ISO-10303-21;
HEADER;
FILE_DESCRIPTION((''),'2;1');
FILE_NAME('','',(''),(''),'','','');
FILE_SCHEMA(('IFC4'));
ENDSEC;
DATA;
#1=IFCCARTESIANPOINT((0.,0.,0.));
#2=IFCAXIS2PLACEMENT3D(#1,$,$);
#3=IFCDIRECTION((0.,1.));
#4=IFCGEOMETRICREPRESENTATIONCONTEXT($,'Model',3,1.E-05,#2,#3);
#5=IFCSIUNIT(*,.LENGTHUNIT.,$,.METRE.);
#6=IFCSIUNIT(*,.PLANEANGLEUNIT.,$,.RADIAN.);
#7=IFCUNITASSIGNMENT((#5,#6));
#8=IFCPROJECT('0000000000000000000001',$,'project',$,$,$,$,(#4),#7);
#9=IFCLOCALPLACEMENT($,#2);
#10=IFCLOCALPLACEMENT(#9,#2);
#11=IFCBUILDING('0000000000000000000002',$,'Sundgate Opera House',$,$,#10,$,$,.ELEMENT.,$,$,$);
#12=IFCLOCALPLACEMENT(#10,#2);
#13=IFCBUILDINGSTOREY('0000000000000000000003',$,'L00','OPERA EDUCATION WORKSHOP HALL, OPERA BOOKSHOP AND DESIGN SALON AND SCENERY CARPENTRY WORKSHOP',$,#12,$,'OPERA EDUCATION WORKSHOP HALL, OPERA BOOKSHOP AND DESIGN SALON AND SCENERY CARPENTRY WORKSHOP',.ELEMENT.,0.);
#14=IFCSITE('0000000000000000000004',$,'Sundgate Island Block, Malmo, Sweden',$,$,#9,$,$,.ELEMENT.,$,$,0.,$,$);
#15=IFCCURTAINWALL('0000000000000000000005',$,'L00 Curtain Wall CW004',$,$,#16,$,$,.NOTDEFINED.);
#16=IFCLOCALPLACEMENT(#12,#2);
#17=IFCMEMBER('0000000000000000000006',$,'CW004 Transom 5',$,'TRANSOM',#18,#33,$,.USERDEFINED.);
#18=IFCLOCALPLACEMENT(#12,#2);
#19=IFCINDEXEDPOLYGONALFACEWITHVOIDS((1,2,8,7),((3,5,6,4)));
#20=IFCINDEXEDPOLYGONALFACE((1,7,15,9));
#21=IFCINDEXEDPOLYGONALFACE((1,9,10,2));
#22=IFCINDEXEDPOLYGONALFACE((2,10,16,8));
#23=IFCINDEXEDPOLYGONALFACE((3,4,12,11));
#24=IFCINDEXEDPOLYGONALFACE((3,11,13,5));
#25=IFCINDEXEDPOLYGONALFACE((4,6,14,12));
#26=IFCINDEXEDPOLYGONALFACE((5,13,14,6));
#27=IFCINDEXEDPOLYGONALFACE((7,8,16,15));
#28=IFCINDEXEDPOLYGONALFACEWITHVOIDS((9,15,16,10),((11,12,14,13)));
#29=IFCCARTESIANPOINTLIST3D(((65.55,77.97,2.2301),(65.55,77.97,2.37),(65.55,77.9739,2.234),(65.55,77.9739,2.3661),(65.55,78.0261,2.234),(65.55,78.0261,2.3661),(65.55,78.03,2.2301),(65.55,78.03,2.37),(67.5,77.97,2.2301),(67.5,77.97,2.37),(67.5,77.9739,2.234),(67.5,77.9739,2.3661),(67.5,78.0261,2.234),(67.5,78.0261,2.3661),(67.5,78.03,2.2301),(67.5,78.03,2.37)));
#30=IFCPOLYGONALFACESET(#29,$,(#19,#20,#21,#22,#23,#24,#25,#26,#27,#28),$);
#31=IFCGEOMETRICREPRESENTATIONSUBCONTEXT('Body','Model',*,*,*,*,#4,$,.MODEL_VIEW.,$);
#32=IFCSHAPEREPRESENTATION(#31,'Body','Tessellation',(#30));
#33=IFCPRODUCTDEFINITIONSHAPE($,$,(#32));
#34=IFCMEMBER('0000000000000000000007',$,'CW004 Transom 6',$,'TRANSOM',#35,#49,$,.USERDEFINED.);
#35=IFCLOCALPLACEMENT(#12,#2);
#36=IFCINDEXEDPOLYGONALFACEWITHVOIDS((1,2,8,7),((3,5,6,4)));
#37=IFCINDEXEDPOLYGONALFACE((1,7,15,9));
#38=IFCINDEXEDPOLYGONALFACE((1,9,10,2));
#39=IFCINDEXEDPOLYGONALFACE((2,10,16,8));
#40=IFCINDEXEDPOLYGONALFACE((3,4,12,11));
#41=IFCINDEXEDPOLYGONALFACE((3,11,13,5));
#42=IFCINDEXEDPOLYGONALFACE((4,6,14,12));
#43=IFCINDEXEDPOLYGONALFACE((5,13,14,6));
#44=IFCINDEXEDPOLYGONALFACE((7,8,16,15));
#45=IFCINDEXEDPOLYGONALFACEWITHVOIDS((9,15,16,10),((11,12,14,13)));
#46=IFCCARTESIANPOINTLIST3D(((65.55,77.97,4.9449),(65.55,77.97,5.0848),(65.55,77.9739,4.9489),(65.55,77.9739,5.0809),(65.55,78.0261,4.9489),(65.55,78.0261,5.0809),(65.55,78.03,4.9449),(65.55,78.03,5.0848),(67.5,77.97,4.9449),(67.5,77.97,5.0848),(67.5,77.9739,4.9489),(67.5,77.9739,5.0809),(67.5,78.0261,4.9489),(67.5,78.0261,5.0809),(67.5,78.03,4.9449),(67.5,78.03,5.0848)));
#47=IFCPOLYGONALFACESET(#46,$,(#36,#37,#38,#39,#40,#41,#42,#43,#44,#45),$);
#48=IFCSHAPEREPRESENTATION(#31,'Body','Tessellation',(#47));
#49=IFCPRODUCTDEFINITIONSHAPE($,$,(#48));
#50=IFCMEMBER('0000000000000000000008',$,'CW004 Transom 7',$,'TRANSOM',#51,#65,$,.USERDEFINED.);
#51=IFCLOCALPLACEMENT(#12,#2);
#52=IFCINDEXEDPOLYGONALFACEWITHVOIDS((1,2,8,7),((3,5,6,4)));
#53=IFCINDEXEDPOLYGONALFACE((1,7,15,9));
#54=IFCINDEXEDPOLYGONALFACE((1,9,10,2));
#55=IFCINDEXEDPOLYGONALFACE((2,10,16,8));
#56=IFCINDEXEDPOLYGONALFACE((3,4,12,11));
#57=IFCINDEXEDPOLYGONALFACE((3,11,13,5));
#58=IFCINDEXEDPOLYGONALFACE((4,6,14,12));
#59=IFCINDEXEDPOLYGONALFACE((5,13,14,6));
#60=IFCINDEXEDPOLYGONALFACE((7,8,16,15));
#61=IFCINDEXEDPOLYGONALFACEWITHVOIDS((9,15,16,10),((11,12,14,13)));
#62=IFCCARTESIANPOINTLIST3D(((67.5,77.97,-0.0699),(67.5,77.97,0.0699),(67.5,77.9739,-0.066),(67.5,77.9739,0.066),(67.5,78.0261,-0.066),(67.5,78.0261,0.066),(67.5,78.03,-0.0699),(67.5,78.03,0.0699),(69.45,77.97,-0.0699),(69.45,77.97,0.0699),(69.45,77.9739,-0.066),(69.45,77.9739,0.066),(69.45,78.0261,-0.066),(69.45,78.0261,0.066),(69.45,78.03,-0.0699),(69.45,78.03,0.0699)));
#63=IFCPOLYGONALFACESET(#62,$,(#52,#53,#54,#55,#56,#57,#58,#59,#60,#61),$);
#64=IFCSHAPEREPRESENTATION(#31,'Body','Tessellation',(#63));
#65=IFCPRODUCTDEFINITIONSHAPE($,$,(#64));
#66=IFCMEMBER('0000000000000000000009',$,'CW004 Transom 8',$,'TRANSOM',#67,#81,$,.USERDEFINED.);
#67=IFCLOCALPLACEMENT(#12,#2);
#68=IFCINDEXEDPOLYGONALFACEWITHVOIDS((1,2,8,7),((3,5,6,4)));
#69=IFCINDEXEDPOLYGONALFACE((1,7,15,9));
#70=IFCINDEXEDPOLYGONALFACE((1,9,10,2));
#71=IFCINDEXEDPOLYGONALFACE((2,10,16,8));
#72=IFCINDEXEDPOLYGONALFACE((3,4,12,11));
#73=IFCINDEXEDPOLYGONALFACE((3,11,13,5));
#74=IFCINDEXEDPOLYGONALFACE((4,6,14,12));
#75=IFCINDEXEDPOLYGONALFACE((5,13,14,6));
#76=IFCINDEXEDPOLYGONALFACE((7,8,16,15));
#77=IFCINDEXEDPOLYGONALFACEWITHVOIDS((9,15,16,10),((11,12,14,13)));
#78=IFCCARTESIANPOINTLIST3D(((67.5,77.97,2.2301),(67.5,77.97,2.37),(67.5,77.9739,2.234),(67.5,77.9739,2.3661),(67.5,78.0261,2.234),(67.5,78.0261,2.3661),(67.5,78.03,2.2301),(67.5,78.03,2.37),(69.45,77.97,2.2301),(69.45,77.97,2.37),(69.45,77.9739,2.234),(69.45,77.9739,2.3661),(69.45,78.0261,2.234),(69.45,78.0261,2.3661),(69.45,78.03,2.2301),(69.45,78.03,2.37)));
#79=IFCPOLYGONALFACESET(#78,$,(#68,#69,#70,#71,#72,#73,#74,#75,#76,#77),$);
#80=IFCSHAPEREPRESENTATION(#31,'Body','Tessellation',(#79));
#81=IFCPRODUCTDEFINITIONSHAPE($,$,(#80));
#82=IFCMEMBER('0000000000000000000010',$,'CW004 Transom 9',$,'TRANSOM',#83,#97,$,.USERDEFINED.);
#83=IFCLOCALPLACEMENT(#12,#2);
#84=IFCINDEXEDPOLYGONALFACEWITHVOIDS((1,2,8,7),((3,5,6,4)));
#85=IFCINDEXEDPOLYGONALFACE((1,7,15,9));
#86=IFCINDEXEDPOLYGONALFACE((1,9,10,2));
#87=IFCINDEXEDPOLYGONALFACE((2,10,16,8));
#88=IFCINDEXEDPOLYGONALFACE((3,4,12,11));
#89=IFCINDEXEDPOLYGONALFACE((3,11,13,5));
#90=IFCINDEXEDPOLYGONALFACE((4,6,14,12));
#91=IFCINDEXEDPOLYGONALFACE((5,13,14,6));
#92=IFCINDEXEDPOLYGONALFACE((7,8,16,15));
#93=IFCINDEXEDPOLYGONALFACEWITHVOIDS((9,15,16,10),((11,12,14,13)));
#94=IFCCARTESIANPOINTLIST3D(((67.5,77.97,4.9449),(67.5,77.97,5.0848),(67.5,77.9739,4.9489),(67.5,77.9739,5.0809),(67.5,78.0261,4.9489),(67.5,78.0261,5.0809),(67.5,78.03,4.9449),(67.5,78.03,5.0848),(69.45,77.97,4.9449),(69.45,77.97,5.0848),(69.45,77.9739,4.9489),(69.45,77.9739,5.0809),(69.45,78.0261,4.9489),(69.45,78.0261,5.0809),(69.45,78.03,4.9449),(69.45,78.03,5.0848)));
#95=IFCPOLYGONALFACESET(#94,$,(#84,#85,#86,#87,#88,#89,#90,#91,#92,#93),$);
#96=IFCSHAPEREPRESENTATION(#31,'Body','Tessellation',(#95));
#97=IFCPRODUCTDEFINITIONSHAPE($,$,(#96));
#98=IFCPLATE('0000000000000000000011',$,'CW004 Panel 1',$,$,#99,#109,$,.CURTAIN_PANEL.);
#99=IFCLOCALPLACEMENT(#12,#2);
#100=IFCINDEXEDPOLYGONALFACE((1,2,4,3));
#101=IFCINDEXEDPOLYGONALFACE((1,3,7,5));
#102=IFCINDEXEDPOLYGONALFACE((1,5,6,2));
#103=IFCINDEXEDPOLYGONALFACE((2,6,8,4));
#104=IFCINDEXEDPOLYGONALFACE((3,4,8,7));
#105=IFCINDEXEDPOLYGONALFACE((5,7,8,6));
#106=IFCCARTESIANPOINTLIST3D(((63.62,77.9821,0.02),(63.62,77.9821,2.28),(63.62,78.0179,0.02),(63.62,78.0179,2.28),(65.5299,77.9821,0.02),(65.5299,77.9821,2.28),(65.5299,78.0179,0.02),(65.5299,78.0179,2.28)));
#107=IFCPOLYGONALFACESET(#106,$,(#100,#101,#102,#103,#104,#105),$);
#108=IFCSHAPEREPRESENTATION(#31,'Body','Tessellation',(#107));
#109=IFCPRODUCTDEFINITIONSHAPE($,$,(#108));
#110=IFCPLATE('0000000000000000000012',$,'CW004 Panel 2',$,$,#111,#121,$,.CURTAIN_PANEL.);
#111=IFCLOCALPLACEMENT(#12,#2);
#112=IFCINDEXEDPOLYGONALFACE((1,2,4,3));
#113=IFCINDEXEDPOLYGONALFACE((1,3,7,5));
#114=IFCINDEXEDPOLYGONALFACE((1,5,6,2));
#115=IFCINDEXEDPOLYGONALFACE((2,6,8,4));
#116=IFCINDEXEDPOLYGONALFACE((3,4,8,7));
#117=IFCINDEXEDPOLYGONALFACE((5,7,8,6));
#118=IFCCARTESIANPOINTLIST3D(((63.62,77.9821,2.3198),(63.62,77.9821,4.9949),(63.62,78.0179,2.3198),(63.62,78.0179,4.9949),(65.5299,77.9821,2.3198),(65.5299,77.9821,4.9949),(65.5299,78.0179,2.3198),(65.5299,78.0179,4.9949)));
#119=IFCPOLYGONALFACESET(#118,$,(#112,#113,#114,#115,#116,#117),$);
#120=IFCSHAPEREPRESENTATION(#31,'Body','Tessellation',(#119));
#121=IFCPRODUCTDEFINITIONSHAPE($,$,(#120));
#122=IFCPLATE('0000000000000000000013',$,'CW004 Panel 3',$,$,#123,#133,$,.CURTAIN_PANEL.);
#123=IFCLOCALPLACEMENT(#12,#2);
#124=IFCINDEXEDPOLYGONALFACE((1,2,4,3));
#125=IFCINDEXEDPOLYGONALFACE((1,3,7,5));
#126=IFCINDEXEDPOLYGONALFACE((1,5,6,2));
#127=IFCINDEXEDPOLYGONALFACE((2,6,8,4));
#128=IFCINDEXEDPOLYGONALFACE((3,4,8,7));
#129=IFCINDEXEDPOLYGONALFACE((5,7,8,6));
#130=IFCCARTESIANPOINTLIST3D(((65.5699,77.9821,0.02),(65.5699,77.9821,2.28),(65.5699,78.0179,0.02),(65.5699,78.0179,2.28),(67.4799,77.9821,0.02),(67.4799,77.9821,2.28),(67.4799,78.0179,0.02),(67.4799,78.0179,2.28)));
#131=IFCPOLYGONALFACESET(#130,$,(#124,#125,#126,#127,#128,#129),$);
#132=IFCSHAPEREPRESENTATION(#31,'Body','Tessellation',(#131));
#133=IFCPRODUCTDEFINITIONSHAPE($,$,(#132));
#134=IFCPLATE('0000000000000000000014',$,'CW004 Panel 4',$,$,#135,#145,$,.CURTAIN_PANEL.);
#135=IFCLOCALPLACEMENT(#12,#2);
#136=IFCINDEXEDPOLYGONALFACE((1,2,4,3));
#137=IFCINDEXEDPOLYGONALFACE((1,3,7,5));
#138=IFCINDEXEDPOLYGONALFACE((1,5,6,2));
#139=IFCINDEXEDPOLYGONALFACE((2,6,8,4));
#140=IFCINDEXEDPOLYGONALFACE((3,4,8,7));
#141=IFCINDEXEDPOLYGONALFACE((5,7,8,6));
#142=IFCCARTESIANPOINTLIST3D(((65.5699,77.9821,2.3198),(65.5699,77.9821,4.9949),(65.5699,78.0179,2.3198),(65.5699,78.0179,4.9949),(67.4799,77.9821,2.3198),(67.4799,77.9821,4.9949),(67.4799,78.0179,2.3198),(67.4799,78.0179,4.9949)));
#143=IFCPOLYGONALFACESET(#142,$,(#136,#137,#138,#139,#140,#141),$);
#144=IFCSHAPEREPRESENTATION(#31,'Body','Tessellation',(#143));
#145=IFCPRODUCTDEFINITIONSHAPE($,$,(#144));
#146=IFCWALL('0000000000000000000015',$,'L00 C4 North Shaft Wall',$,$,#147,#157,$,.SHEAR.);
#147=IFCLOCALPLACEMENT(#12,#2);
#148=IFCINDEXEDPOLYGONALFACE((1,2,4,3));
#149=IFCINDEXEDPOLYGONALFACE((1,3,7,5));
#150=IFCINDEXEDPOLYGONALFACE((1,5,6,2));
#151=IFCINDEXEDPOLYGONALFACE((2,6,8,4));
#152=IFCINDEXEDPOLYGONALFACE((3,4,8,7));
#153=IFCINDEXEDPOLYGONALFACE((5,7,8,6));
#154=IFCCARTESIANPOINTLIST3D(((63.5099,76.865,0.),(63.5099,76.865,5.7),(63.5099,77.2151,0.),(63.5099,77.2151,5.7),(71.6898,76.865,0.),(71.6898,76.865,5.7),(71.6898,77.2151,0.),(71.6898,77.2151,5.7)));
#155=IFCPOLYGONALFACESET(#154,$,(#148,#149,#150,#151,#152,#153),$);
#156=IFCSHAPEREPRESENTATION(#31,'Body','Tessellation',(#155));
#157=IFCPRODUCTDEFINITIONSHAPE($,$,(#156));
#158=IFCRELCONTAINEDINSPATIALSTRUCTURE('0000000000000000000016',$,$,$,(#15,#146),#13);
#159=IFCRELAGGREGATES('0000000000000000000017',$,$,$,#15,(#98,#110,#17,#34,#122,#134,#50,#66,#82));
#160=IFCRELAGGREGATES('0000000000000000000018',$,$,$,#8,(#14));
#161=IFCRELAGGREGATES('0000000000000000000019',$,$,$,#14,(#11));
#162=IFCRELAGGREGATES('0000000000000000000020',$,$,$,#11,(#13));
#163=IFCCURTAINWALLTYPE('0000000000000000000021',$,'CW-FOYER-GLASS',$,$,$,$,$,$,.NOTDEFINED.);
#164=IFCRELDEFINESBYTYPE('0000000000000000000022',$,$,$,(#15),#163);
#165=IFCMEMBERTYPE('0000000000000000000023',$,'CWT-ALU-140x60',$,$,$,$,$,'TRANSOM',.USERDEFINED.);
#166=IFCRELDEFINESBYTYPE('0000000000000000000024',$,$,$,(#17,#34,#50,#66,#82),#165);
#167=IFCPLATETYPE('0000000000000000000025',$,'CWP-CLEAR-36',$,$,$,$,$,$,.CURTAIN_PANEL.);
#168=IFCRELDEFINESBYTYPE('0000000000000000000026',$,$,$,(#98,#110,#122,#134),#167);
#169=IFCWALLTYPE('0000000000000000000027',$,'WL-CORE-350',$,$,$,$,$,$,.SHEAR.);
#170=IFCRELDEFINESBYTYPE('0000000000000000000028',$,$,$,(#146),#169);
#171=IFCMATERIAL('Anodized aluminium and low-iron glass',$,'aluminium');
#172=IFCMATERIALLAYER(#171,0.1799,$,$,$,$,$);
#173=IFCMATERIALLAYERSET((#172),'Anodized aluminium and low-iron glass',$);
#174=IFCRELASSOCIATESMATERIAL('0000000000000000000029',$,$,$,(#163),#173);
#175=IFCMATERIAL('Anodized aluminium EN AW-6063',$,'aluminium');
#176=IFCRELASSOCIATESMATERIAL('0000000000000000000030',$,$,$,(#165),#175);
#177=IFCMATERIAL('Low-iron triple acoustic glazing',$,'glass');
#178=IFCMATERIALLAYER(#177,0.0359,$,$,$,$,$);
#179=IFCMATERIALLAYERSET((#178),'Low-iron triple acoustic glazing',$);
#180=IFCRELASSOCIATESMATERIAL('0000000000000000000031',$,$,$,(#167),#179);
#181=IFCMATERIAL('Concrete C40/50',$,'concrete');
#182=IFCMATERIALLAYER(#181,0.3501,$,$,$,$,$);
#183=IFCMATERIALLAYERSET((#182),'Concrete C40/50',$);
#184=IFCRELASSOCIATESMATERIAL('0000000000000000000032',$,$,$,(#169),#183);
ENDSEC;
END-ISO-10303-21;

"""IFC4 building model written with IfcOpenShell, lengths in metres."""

from ifc_helpers import new_model, si_unit, direction, frame, frame_2d, origin, origin_2d, place, context, subcontext, project, spatial, rectangle, hollow_rectangle, extrude, material, layer, layer_set, material_profile, profile_set, type_object, element, aggregate, save


model = new_model("IFC4")

# Units and contexts
model_context = context("Model", 3, precision=1e-05, world=origin(), true_north=direction((0.0, 1.0)))
body_context = subcontext(model_context, "Body", "Model", "MODEL_VIEW")
ifc_project = project(units=[si_unit("LENGTHUNIT", "METRE"), si_unit("PLANEANGLEUNIT", "RADIAN")], contexts=[model_context])

# Site, building, storey
site_placement = place(None, origin())
site = spatial("IfcSite", under=ifc_project, at=site_placement, Name="Sundgate Island Block, Malmo, Sweden", CompositionType="ELEMENT", RefElevation=0.0)
building_placement = place(site_placement, origin())
building = spatial("IfcBuilding", under=site, at=building_placement, Name="Sundgate Opera House", CompositionType="ELEMENT")
storey_placement = place(building_placement, origin())
storey = spatial("IfcBuildingStorey", under=building, at=storey_placement, Name="L00", Description="OPERA EDUCATION WORKSHOP HALL, OPERA BOOKSHOP AND DESIGN SALON AND SCENERY CARPENTRY WORKSHOP", LongName="OPERA EDUCATION WORKSHOP HALL, OPERA BOOKSHOP AND DESIGN SALON AND SCENERY CARPENTRY WORKSHOP", CompositionType="ELEMENT", Elevation=0.0)

# Curtain wall, members, plates
ifc_material_1 = material(Name="Anodized aluminium and low-iron glass", Category="aluminium")
ifc_layer_1 = layer(ifc_material_1, 0.1799)
ifc_layer_set_1 = layer_set([ifc_layer_1], Name="Anodized aluminium and low-iron glass")
curtain_wall_type = type_object("IfcCurtainWallType", Name="CW-FOYER-GLASS", PredefinedType="NOTDEFINED", material=ifc_layer_set_1)
curtain_wall_placement = place(storey_placement, origin())
curtain_wall = element("IfcCurtainWall", 1, at=curtain_wall_placement, inside=storey, type_object=curtain_wall_type, Name="L00 Curtain Wall CW004", PredefinedType="NOTDEFINED")
ifc_material_2 = material(Name="Anodized aluminium EN AW-6063", Category="aluminium")
ifc_material_profile_1 = material_profile(ifc_material_2, hollow_rectangle(XDim=0.0601, YDim=0.1399, WallThickness=0.0039, at=origin_2d()), Name="CWT 140x60x4")
ifc_profile_set_1 = profile_set([ifc_material_profile_1], Name="Anodized aluminium EN AW-6063")
member_type_1 = type_object("IfcMemberType", Name="CWT-ALU-140x60", ElementType="TRANSOM", PredefinedType="USERDEFINED", material=ifc_profile_set_1)
member_1_placement = place(storey_placement, frame((65.55, 78.0, 2.3), z_axis=(1.0, 0.0, 0.0), x_axis=(0.0, 1.0, 0.0)))
member_1 = element("IfcMember", 2, at=member_1_placement, type_object=member_type_1, Name="CW004 Transom 5", ObjectType="TRANSOM", PredefinedType="USERDEFINED", context=body_context, shape_type="SweptSolid", body=[
    extrude(hollow_rectangle(XDim=0.0601, YDim=0.1399, WallThickness=0.0039, at=origin_2d()), origin(), (0.0, 0.0, 1.0), 1.95),
])
member_2_placement = place(storey_placement, frame((65.55, 78.0, 5.0149), z_axis=(1.0, 0.0, 0.0), x_axis=(0.0, 1.0, 0.0)))
member_2 = element("IfcMember", 3, at=member_2_placement, type_object=member_type_1, Name="CW004 Transom 6", ObjectType="TRANSOM", PredefinedType="USERDEFINED", context=body_context, shape_type="SweptSolid", body=[
    extrude(hollow_rectangle(XDim=0.0601, YDim=0.1399, WallThickness=0.0039, at=origin_2d()), origin(), (0.0, 0.0, 1.0), 1.95),
])
member_3_placement = place(storey_placement, frame((67.5, 78.0, 0.0), z_axis=(1.0, 0.0, 0.0), x_axis=(0.0, 1.0, 0.0)))
member_3 = element("IfcMember", 4, at=member_3_placement, type_object=member_type_1, Name="CW004 Transom 7", ObjectType="TRANSOM", PredefinedType="USERDEFINED", context=body_context, shape_type="SweptSolid", body=[
    extrude(hollow_rectangle(XDim=0.0601, YDim=0.1399, WallThickness=0.0039, at=origin_2d()), origin(), (0.0, 0.0, 1.0), 1.95),
])
member_4_placement = place(storey_placement, frame((67.5, 78.0, 2.3), z_axis=(1.0, 0.0, 0.0), x_axis=(0.0, 1.0, 0.0)))
member_4 = element("IfcMember", 5, at=member_4_placement, type_object=member_type_1, Name="CW004 Transom 8", ObjectType="TRANSOM", PredefinedType="USERDEFINED", context=body_context, shape_type="SweptSolid", body=[
    extrude(hollow_rectangle(XDim=0.0601, YDim=0.1399, WallThickness=0.0039, at=origin_2d()), origin(), (0.0, 0.0, 1.0), 1.95),
])
member_5_placement = place(storey_placement, frame((67.5, 78.0, 5.0149), z_axis=(1.0, 0.0, 0.0), x_axis=(0.0, 1.0, 0.0)))
member_5 = element("IfcMember", 6, at=member_5_placement, type_object=member_type_1, Name="CW004 Transom 9", ObjectType="TRANSOM", PredefinedType="USERDEFINED", context=body_context, shape_type="SweptSolid", body=[
    extrude(hollow_rectangle(XDim=0.0601, YDim=0.1399, WallThickness=0.0039, at=origin_2d()), origin(), (0.0, 0.0, 1.0), 1.95),
])
ifc_material_3 = material(Name="Low-iron triple acoustic glazing", Category="glass")
ifc_layer_2 = layer(ifc_material_3, 0.0359)
ifc_layer_set_2 = layer_set([ifc_layer_2], Name="Low-iron triple acoustic glazing")
plate_type = type_object("IfcPlateType", Name="CWP-CLEAR-36", PredefinedType="CURTAIN_PANEL", material=ifc_layer_set_2)
plate_1_placement = place(storey_placement, frame((64.575, 78.0, 0.02), z_axis=(0.0, 0.0, 1.0), x_axis=(1.0, 0.0, 0.0)))
plate_1 = element("IfcPlate", 7, at=plate_1_placement, type_object=plate_type, Name="CW004 Panel 1", PredefinedType="CURTAIN_PANEL", context=body_context, shape_type="SweptSolid", body=[
    extrude(rectangle(XDim=1.9099, YDim=0.0359, at=origin_2d()), origin(), (0.0, 0.0, 1.0), 2.26),
])
plate_2_placement = place(storey_placement, frame((64.575, 78.0, 2.3198), z_axis=(0.0, 0.0, 1.0), x_axis=(1.0, 0.0, 0.0)))
plate_2 = element("IfcPlate", 8, at=plate_2_placement, type_object=plate_type, Name="CW004 Panel 2", PredefinedType="CURTAIN_PANEL", context=body_context, shape_type="SweptSolid", body=[
    extrude(rectangle(XDim=1.9099, YDim=0.0359, at=origin_2d()), origin(), (0.0, 0.0, 1.0), 2.675),
])
plate_3_placement = place(storey_placement, frame((66.5249, 78.0, 0.02), z_axis=(0.0, 0.0, 1.0), x_axis=(1.0, 0.0, 0.0)))
plate_3 = element("IfcPlate", 9, at=plate_3_placement, type_object=plate_type, Name="CW004 Panel 3", PredefinedType="CURTAIN_PANEL", context=body_context, shape_type="SweptSolid", body=[
    extrude(rectangle(XDim=1.9099, YDim=0.0359, at=origin_2d()), origin(), (0.0, 0.0, 1.0), 2.26),
])
plate_4_placement = place(storey_placement, frame((66.5249, 78.0, 2.3198), z_axis=(0.0, 0.0, 1.0), x_axis=(1.0, 0.0, 0.0)))
plate_4 = element("IfcPlate", 10, at=plate_4_placement, type_object=plate_type, Name="CW004 Panel 4", PredefinedType="CURTAIN_PANEL", context=body_context, shape_type="SweptSolid", body=[
    extrude(rectangle(XDim=1.9099, YDim=0.0359, at=origin_2d()), origin(), (0.0, 0.0, 1.0), 2.675),
])
aggregate(curtain_wall, [plate_1, plate_2, member_1, member_2, plate_3, plate_4, member_3, member_4, member_5])

# Wall
ifc_material_4 = material(Name="Concrete C40/50", Category="concrete")
ifc_layer_3 = layer(ifc_material_4, 0.3501)
ifc_layer_set_3 = layer_set([ifc_layer_3], Name="Concrete C40/50")
wall_type_1 = type_object("IfcWallType", Name="WL-CORE-350", PredefinedType="SHEAR", material=ifc_layer_set_3)
wall_1_placement = place(storey_placement, frame((63.51, 77.04, 0.0), z_axis=(0.0, 0.0, 1.0), x_axis=(1.0, 0.0, 0.0)))
element("IfcWall", 11, at=wall_1_placement, inside=storey, type_object=wall_type_1, Name="L00 C4 North Shaft Wall", PredefinedType="SHEAR", context=body_context, shape_type="SweptSolid", body=[
    extrude(rectangle(XDim=8.1799, YDim=0.3501, at=frame_2d((4.0898, 0.0))), origin(), (0.0, 0.0, 1.0), 5.7),
])

save(model, "model.ifc")
